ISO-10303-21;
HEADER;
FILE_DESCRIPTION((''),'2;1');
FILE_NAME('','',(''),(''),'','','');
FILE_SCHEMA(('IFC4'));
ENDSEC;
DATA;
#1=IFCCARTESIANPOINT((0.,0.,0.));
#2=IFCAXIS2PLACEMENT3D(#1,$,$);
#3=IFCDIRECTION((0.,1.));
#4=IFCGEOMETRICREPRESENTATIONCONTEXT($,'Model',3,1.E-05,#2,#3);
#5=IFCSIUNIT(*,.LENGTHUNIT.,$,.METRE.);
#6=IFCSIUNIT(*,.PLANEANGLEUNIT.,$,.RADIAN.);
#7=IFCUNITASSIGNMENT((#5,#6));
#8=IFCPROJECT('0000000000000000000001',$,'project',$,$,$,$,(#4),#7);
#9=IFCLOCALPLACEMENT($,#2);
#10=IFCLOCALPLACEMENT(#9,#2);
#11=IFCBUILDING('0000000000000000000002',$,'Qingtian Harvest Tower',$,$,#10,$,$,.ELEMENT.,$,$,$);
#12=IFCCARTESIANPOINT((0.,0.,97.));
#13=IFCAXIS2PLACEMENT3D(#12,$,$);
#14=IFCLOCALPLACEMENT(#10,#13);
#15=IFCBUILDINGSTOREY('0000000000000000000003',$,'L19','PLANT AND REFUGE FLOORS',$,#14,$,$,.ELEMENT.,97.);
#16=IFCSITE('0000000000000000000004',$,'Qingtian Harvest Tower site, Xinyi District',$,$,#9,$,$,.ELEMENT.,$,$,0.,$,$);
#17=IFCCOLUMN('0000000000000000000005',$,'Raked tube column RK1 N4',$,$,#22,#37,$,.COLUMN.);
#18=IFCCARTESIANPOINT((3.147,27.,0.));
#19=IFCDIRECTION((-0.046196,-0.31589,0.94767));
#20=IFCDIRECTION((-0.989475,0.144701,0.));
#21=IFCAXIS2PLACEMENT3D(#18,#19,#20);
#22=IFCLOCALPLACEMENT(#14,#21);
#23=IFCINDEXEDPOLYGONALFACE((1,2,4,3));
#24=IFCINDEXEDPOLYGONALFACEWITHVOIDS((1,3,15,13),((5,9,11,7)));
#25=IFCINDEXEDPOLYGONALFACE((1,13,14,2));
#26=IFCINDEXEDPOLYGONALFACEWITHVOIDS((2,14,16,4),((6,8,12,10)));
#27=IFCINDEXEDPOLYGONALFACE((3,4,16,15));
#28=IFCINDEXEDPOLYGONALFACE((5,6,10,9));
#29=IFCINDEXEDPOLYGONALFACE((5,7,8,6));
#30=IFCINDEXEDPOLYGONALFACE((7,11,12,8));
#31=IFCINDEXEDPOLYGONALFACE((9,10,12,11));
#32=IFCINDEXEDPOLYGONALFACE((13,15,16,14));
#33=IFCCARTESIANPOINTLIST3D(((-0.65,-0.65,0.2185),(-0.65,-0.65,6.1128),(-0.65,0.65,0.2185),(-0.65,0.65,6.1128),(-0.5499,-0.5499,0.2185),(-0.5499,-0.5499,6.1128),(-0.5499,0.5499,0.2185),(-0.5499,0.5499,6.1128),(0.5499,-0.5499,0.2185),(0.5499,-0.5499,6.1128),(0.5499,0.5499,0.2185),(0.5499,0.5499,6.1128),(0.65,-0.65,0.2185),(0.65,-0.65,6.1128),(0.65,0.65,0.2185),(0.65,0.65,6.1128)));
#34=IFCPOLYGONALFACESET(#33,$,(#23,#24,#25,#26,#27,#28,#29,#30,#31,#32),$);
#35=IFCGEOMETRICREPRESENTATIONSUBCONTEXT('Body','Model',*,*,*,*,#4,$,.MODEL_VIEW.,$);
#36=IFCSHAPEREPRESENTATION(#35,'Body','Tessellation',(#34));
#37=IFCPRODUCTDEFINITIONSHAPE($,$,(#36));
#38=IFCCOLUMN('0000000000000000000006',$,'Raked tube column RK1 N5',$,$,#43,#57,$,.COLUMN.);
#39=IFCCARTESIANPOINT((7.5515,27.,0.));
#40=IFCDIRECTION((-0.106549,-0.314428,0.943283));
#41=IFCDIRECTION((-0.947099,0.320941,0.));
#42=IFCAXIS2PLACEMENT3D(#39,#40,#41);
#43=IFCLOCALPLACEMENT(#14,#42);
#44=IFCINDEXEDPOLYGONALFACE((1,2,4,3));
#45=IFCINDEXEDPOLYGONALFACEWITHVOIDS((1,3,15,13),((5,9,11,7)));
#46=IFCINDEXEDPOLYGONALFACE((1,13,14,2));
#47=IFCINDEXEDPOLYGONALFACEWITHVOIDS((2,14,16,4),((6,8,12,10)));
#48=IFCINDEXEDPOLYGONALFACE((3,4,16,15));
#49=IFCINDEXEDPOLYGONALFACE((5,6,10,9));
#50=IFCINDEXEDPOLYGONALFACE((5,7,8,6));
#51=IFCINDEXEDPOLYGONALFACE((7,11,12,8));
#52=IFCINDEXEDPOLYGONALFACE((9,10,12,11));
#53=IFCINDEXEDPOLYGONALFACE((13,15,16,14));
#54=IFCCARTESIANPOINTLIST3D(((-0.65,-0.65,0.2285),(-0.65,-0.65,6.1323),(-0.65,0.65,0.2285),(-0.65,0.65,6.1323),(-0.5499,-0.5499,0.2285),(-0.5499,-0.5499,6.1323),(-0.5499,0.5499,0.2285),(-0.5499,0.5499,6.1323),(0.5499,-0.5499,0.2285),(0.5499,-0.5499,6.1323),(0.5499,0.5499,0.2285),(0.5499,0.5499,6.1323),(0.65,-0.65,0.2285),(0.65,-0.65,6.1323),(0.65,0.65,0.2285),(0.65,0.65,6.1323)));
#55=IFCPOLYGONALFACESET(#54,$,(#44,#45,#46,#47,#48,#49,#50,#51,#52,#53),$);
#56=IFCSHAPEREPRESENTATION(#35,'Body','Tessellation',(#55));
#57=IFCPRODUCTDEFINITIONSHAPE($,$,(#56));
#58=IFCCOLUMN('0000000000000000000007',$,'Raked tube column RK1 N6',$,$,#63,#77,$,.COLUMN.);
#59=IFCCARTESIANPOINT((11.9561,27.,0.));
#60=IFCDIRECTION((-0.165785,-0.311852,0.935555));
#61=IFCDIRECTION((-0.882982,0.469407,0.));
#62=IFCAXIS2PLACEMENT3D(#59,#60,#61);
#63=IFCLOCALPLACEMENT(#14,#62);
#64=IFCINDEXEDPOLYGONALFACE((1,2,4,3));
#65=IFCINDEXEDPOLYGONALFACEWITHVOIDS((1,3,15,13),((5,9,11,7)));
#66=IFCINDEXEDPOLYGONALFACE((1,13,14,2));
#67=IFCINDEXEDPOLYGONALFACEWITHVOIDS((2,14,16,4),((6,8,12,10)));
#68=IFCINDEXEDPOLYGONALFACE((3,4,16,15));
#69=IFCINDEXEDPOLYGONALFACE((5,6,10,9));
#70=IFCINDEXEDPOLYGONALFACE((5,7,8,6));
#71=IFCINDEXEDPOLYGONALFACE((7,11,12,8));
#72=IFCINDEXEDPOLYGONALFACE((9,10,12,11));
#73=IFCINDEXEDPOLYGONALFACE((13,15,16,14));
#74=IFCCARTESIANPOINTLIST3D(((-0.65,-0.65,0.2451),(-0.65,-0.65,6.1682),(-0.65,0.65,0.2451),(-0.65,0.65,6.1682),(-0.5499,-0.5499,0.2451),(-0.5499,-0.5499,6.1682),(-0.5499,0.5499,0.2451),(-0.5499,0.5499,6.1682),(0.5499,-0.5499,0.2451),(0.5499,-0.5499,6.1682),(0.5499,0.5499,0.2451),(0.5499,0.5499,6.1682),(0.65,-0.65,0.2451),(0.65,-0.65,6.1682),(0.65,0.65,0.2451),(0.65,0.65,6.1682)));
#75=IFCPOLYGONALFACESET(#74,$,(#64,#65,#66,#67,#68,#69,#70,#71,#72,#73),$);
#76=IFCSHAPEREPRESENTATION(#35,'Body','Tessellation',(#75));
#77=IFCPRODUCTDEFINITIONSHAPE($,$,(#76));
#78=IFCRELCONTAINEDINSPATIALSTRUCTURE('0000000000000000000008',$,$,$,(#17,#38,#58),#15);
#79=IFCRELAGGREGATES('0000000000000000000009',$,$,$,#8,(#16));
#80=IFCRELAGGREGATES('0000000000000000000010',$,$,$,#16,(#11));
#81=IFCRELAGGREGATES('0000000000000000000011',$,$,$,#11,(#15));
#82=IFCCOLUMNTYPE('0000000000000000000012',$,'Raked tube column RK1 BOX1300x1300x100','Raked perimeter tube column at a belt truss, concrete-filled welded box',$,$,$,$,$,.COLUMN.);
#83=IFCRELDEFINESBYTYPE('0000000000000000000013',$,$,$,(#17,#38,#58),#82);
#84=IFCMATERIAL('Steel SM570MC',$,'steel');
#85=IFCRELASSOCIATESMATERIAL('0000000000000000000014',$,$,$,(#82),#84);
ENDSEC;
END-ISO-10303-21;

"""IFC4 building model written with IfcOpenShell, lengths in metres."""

from ifc_helpers import new_model, si_unit, direction, frame, origin, origin_2d, place, context, subcontext, project, spatial, hollow_rectangle, extrude, clip, halfspace, material, material_profile, profile_set, type_object, element, save


model = new_model("IFC4")

# Units and contexts
model_context = context("Model", 3, precision=1e-05, world=origin(), true_north=direction((0.0, 1.0)))
body_context = subcontext(model_context, "Body", "Model", "MODEL_VIEW")
ifc_project = project(units=[si_unit("LENGTHUNIT", "METRE"), si_unit("PLANEANGLEUNIT", "RADIAN")], contexts=[model_context])

# Site, building, storey
site_placement = place(None, origin())
site = spatial("IfcSite", under=ifc_project, at=site_placement, Name="Qingtian Harvest Tower site, Xinyi District", CompositionType="ELEMENT", RefElevation=0.0)
building_placement = place(site_placement, origin())
building = spatial("IfcBuilding", under=site, at=building_placement, Name="Qingtian Harvest Tower", CompositionType="ELEMENT")
storey_placement = place(building_placement, frame((0.0, 0.0, 97.0)))
storey = spatial("IfcBuildingStorey", under=building, at=storey_placement, Name="L19", Description="PLANT AND REFUGE FLOORS", CompositionType="ELEMENT", Elevation=97.0)

# Columns
ifc_material_1 = material(Name="Steel SM570MC", Category="steel")
ifc_material_profile_1 = material_profile(ifc_material_1, hollow_rectangle(XDim=1.3, YDim=1.3, WallThickness=0.1001, at=origin_2d()), Name="BOX1300x1300x100")
ifc_profile_set_1 = profile_set([ifc_material_profile_1], Name="Steel SM570MC")
column_type = type_object("IfcColumnType", Name="Raked tube column RK1 BOX1300x1300x100", Description="Raked perimeter tube column at a belt truss, concrete-filled welded box", PredefinedType="COLUMN", material=ifc_profile_set_1)
column_1_placement = place(storey_placement, frame((3.147, 27.0, 0.0), z_axis=(-0.046196, -0.31589, 0.94767), x_axis=(-0.989475, 0.144701, 0.0)))
element("IfcColumn", 1, at=column_1_placement, inside=storey, type_object=column_type, Name="Raked tube column RK1 N4", PredefinedType="COLUMN", context=body_context, shape_type="Clipping", body=[
    clip(clip(extrude(hollow_rectangle(XDim=1.3, YDim=1.3, WallThickness=0.1001, at=origin_2d()), origin(), (0.0, 0.0, 1.0), 6.3313), halfspace(frame((0.0, 0.0, 0.2185), z_axis=(0.0, 0.0, -1.0), x_axis=(0.0, -1.0, 0.0)), False)), halfspace(frame((0.0, 0.0, 6.1128), z_axis=(0.0, 0.0, 1.0), x_axis=(0.0, 1.0, 0.0)), False)),
])
column_2_placement = place(storey_placement, frame((7.5515, 27.0, 0.0), z_axis=(-0.106549, -0.314428, 0.943283), x_axis=(-0.947099, 0.320941, 0.0)))
element("IfcColumn", 2, at=column_2_placement, inside=storey, type_object=column_type, Name="Raked tube column RK1 N5", PredefinedType="COLUMN", context=body_context, shape_type="Clipping", body=[
    clip(clip(extrude(hollow_rectangle(XDim=1.3, YDim=1.3, WallThickness=0.1001, at=origin_2d()), origin(), (0.0, 0.0, 1.0), 6.3608), halfspace(frame((0.0, 0.0, 0.2285), z_axis=(0.0, 0.0, -1.0), x_axis=(0.0, -1.0, 0.0)), False)), halfspace(frame((0.0, 0.0, 6.1323), z_axis=(0.0, 0.0, 1.0), x_axis=(0.0, 1.0, 0.0)), False)),
])
column_3_placement = place(storey_placement, frame((11.9561, 27.0, 0.0), z_axis=(-0.165785, -0.311852, 0.935555), x_axis=(-0.882982, 0.469407, 0.0)))
element("IfcColumn", 3, at=column_3_placement, inside=storey, type_object=column_type, Name="Raked tube column RK1 N6", PredefinedType="COLUMN", context=body_context, shape_type="Clipping", body=[
    clip(clip(extrude(hollow_rectangle(XDim=1.3, YDim=1.3, WallThickness=0.1001, at=origin_2d()), origin(), (0.0, 0.0, 1.0), 6.4133), halfspace(frame((0.0, 0.0, 0.2451), z_axis=(0.0, 0.0, -1.0), x_axis=(0.0, -1.0, 0.0)), False)), halfspace(frame((0.0, 0.0, 6.1682), z_axis=(0.0, 0.0, 1.0), x_axis=(0.0, 1.0, 0.0)), False)),
])

save(model, "model.ifc")
